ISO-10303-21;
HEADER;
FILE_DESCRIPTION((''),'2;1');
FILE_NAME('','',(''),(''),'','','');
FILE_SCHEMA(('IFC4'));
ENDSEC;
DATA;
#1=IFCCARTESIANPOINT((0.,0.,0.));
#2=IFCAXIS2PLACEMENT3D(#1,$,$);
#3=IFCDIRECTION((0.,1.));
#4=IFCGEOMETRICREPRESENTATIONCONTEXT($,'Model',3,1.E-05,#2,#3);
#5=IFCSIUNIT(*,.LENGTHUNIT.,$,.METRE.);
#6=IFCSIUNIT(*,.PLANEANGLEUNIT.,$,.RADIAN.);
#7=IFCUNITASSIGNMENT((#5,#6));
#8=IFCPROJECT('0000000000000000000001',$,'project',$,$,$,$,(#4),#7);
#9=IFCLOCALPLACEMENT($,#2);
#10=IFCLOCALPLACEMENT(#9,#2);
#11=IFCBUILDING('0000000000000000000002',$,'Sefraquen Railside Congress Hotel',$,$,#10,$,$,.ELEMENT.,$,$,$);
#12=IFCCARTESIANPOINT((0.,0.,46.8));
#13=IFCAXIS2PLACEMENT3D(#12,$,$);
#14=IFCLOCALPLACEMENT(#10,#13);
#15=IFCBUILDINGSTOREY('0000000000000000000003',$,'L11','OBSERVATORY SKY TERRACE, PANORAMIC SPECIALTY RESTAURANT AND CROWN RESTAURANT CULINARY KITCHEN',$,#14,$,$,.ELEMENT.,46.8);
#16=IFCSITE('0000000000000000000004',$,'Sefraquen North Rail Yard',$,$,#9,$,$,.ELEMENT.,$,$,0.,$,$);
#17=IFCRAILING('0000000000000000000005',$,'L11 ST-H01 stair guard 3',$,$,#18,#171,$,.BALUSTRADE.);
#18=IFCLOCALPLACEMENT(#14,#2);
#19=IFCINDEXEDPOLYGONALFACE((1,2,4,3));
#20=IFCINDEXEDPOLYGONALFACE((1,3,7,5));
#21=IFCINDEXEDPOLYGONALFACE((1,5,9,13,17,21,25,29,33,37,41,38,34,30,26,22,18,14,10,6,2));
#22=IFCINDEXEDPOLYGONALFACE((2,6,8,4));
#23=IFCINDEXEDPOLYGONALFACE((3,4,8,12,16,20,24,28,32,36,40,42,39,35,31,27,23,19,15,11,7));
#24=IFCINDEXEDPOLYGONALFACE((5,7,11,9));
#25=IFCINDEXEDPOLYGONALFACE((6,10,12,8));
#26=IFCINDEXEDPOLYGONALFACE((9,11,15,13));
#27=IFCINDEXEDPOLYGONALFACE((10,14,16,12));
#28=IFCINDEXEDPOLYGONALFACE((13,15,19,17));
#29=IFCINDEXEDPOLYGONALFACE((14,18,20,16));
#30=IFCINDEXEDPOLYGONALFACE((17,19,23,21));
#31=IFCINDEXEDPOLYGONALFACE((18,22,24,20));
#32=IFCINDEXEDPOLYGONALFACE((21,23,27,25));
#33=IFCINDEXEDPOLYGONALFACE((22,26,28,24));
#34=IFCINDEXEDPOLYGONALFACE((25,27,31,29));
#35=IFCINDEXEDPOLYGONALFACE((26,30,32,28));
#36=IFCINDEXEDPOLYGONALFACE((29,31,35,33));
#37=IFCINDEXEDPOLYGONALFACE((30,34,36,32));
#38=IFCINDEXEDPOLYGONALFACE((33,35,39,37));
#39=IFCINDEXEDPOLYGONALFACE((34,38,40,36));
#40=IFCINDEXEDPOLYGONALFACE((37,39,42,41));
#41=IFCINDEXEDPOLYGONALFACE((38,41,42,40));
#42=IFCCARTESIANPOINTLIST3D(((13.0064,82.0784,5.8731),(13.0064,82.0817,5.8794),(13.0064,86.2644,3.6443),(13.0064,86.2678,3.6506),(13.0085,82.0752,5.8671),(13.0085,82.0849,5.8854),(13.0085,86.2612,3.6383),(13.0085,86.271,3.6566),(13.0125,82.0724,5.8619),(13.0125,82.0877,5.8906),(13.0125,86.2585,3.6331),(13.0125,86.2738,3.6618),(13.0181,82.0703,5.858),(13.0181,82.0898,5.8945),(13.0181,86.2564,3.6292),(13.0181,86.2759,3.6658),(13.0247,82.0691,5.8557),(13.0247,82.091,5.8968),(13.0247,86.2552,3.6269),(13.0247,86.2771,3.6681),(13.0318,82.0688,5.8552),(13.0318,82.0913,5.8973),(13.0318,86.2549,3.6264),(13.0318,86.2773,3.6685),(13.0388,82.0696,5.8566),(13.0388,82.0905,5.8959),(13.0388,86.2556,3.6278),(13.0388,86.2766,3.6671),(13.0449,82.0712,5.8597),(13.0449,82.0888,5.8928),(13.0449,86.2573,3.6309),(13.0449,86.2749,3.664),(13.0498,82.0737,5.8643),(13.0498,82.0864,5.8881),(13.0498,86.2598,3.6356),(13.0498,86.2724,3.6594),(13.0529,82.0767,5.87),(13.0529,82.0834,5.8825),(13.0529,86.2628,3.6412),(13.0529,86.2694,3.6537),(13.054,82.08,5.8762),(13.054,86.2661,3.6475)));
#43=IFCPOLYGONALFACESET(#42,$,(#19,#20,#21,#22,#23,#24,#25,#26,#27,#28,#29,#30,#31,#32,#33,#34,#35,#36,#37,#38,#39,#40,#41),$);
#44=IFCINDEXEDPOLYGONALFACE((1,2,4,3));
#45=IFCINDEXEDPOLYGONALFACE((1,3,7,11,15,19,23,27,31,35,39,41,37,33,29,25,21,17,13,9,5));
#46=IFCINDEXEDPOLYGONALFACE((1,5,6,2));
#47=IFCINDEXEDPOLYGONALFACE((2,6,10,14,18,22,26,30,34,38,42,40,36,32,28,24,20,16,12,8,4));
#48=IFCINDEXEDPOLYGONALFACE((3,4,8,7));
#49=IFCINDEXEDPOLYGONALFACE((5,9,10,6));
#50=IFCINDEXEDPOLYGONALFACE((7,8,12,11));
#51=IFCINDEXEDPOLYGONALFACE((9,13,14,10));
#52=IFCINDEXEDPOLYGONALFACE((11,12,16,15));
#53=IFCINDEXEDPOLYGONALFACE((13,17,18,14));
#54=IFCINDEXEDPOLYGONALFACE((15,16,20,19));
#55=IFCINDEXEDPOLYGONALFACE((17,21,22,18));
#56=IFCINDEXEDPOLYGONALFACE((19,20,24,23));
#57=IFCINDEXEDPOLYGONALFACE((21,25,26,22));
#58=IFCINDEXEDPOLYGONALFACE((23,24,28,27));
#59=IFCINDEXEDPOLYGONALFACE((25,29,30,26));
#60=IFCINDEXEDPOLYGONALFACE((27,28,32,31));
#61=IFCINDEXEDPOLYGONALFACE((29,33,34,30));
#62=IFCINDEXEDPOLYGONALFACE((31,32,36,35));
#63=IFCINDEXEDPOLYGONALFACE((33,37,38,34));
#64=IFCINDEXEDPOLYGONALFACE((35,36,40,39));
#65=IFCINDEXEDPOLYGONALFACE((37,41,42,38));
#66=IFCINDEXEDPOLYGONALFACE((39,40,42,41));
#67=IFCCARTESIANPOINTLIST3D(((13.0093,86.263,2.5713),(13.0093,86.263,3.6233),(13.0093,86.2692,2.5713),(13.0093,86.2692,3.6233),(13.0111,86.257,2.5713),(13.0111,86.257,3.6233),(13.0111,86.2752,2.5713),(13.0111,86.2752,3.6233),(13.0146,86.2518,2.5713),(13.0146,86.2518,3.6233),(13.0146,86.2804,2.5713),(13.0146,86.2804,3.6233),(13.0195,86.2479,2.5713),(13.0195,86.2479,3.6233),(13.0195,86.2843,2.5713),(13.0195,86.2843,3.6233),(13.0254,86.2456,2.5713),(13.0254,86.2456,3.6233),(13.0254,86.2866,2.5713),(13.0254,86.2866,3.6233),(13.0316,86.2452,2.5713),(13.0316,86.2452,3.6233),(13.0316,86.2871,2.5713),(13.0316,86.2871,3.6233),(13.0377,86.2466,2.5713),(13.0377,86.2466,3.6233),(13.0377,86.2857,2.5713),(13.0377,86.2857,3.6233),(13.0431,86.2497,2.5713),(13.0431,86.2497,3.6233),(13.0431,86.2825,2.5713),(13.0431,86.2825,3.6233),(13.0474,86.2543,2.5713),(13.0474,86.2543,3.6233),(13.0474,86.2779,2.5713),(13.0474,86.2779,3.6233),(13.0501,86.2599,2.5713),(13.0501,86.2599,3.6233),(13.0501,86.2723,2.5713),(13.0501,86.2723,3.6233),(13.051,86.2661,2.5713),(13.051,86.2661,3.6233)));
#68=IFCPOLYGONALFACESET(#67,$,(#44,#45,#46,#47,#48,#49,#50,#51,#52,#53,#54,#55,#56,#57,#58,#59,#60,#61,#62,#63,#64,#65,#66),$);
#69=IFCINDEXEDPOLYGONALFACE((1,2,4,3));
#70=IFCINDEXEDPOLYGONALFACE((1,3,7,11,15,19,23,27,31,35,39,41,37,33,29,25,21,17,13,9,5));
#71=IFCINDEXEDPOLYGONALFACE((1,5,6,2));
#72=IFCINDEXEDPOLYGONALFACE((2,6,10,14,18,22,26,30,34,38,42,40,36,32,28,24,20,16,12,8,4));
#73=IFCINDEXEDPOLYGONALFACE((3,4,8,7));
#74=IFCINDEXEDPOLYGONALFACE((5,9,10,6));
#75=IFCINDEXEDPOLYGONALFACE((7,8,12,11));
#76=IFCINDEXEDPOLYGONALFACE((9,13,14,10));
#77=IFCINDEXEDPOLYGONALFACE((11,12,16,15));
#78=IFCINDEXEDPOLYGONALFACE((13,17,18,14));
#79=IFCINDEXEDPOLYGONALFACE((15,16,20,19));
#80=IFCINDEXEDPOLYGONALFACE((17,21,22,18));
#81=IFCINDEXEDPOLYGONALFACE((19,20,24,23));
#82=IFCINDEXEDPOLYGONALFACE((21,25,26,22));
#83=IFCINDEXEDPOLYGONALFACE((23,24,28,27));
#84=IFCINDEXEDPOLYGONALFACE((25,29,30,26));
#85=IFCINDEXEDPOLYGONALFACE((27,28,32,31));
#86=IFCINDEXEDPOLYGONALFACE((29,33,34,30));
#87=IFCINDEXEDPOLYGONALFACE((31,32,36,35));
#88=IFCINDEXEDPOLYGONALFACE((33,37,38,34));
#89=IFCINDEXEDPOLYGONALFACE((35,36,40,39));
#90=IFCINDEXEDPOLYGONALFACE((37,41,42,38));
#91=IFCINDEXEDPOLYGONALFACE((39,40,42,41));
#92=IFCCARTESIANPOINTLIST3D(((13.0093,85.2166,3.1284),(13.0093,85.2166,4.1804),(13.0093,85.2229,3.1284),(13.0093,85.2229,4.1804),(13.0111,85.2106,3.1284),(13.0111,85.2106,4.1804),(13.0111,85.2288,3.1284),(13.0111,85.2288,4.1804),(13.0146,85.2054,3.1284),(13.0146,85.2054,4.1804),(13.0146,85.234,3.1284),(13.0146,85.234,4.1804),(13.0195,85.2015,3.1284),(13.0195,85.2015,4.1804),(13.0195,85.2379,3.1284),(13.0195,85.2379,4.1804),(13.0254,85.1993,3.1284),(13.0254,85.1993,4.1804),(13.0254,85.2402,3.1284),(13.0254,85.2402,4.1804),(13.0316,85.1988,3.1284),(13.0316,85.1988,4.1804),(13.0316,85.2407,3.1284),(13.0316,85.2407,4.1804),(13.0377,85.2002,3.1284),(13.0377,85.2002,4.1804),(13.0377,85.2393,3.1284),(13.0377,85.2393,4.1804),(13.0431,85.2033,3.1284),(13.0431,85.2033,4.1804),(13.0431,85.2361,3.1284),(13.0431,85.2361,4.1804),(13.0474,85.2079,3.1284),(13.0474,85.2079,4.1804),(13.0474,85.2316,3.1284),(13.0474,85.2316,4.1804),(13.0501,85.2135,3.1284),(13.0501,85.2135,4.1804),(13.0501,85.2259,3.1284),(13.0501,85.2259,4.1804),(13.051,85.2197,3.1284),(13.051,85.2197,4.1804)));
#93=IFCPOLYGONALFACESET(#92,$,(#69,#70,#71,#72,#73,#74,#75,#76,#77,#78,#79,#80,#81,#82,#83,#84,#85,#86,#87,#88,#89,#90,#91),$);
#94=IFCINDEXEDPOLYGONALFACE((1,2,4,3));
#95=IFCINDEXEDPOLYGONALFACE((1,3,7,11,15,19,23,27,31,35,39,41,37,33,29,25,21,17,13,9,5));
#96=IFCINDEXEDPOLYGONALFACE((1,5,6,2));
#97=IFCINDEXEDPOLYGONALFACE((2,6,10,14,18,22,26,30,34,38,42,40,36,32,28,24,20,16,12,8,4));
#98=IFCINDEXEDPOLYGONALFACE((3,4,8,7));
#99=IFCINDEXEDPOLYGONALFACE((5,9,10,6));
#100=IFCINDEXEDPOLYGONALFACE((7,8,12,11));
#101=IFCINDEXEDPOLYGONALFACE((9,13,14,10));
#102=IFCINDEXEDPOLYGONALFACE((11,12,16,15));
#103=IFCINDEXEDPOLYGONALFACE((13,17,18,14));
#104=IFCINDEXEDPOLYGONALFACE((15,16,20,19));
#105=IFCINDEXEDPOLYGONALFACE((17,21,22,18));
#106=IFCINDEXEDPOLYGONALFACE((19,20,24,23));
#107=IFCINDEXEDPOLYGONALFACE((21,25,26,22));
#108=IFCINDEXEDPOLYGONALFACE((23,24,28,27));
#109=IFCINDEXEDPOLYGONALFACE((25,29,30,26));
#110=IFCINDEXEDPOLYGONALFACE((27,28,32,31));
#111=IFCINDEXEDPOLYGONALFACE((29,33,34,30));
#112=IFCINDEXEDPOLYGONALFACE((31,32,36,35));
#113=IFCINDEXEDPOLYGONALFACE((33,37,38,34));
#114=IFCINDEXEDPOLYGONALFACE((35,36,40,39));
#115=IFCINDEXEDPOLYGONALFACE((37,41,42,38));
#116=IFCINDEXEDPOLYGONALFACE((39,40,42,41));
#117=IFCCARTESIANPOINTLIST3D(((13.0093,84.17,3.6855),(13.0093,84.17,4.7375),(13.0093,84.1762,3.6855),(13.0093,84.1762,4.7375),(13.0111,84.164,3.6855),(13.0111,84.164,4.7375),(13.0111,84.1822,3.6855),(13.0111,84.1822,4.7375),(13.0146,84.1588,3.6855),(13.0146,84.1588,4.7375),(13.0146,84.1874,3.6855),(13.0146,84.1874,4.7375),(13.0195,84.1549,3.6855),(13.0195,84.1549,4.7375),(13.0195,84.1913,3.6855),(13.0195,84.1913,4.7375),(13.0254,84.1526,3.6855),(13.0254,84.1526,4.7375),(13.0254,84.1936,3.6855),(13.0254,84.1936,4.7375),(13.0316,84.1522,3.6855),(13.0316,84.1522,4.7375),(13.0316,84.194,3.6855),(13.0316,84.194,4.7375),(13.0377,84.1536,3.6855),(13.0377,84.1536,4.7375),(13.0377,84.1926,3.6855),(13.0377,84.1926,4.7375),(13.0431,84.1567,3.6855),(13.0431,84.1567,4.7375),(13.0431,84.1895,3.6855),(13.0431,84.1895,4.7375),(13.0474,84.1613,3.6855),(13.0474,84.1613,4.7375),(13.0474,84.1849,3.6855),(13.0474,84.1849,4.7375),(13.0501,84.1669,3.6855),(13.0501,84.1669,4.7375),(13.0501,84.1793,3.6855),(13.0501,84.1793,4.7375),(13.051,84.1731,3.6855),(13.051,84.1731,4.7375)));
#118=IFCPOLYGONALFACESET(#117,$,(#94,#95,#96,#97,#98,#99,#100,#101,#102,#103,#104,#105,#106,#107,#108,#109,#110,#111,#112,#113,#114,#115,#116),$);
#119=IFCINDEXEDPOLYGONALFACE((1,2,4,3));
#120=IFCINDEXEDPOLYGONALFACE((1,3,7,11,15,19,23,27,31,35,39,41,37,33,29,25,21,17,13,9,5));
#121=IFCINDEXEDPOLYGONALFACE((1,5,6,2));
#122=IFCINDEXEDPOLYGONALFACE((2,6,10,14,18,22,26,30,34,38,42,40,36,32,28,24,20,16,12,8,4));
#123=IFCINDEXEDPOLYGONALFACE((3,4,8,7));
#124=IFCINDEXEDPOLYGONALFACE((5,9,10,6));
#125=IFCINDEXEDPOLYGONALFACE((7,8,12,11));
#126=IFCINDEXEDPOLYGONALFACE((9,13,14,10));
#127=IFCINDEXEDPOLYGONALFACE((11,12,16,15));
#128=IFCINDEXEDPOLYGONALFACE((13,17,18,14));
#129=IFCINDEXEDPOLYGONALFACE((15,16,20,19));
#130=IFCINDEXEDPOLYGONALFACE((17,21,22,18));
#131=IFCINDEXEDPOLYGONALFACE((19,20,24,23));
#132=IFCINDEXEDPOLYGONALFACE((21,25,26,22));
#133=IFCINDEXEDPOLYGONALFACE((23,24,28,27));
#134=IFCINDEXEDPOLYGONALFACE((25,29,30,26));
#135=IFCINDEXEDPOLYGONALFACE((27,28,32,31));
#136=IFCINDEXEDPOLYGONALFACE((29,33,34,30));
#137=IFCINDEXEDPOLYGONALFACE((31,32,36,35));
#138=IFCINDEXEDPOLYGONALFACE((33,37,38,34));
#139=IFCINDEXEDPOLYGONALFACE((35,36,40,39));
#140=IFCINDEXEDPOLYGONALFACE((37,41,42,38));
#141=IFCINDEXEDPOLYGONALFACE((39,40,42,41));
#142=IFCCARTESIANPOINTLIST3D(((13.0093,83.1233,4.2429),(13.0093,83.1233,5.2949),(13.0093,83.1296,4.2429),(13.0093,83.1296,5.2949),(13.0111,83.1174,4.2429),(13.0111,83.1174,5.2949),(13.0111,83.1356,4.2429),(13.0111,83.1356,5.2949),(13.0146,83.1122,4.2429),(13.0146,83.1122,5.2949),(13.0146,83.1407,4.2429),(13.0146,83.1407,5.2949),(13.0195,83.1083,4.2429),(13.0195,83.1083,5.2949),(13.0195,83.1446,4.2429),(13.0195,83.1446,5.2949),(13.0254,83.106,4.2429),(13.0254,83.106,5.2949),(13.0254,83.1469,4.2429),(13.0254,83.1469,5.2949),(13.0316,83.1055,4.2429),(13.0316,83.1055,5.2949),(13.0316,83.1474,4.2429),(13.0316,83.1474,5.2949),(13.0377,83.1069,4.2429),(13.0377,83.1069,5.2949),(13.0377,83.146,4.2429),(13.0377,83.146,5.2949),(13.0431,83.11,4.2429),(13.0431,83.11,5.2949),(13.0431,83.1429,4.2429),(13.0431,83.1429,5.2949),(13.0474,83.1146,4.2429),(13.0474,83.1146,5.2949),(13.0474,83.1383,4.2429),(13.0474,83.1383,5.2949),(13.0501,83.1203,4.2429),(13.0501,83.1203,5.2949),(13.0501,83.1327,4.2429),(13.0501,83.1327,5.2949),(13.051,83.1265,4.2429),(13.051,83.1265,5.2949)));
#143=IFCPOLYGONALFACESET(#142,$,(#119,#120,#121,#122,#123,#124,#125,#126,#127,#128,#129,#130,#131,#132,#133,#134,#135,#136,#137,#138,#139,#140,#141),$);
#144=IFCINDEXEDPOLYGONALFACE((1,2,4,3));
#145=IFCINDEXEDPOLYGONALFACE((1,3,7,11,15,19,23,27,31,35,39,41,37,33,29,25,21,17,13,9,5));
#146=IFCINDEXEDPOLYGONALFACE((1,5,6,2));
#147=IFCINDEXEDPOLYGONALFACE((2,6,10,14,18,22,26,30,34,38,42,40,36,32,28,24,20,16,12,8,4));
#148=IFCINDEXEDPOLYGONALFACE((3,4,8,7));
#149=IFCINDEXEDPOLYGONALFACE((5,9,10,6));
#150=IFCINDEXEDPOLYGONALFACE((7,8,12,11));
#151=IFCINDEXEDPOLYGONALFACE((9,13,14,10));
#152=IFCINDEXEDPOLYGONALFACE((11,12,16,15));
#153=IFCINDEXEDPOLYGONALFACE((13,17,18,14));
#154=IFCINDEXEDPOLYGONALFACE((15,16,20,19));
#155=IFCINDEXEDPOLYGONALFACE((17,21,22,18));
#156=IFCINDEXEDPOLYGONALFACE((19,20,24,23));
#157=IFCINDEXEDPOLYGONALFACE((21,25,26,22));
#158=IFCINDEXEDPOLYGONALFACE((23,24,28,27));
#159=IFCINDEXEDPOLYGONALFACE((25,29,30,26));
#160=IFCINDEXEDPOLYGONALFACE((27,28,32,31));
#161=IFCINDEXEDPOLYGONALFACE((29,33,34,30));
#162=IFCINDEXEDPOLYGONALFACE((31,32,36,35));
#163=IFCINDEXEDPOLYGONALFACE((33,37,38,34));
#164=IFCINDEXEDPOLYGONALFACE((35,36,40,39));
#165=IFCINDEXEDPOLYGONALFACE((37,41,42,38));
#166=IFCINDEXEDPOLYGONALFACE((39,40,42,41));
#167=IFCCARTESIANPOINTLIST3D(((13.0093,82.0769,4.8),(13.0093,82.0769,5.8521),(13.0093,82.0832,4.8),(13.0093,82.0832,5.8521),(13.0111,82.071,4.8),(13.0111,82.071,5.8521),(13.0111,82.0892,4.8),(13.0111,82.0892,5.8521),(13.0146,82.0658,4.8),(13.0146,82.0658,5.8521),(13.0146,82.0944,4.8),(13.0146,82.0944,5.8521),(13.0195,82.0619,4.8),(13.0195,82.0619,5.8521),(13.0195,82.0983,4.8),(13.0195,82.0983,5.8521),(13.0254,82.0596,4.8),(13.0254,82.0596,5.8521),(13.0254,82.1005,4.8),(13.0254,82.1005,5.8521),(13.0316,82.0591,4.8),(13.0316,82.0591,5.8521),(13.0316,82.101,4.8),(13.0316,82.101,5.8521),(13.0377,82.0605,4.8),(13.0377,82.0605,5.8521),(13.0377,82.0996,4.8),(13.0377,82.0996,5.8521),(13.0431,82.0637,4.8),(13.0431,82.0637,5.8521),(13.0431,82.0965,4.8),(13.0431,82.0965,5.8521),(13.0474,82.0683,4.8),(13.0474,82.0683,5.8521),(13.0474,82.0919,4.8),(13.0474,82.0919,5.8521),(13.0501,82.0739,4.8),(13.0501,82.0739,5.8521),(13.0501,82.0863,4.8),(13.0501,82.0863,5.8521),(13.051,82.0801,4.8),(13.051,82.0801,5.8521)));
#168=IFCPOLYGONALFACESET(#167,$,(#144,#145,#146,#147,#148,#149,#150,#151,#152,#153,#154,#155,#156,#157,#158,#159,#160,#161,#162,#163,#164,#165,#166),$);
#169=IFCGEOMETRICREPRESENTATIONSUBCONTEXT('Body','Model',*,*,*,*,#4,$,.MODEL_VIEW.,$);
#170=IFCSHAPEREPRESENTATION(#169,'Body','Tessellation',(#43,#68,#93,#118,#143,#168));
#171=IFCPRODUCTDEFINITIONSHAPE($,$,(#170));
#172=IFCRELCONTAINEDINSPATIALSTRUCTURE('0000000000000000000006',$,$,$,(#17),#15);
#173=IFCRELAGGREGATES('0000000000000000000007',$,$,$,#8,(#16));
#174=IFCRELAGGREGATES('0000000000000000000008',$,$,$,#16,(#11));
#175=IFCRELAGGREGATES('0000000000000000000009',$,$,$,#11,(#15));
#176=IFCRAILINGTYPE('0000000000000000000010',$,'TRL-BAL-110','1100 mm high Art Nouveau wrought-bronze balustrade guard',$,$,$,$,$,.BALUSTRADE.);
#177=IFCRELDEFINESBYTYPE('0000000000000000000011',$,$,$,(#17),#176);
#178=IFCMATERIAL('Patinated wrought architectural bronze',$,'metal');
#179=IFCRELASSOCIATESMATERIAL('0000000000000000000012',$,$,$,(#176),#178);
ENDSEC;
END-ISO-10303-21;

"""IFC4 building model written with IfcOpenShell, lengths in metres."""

from ifc_helpers import new_model, si_unit, direction, frame, origin, origin_2d, place, context, subcontext, project, spatial, circle, extrude, material, type_object, element, save


model = new_model("IFC4")

# Units and contexts
model_context = context("Model", 3, precision=1e-05, world=origin(), true_north=direction((0.0, 1.0)))
body_context = subcontext(model_context, "Body", "Model", "MODEL_VIEW")
ifc_project = project(units=[si_unit("LENGTHUNIT", "METRE"), si_unit("PLANEANGLEUNIT", "RADIAN")], contexts=[model_context])

# Site, building, storey
site_placement = place(None, origin())
site = spatial("IfcSite", under=ifc_project, at=site_placement, Name="Sefraquen North Rail Yard", CompositionType="ELEMENT", RefElevation=0.0)
building_placement = place(site_placement, origin())
building = spatial("IfcBuilding", under=site, at=building_placement, Name="Sefraquen Railside Congress Hotel", CompositionType="ELEMENT")
storey_placement = place(building_placement, frame((0.0, 0.0, 46.8)))
storey = spatial("IfcBuildingStorey", under=building, at=storey_placement, Name="L11", Description="OBSERVATORY SKY TERRACE, PANORAMIC SPECIALTY RESTAURANT AND CROWN RESTAURANT CULINARY KITCHEN", CompositionType="ELEMENT", Elevation=46.8)

# Railing
ifc_material_1 = material(Name="Patinated wrought architectural bronze", Category="metal")
railing_type_1 = type_object("IfcRailingType", Name="TRL-BAL-110", Description="1100 mm high Art Nouveau wrought-bronze balustrade guard", PredefinedType="BALUSTRADE", material=ifc_material_1)
railing_1_placement = place(storey_placement, frame((13.03, 86.2661, 2.5713)))
element("IfcRailing", 1, at=railing_1_placement, inside=storey, type_object=railing_type_1, Name="L11 ST-H01 stair guard 3", PredefinedType="BALUSTRADE", context=body_context, shape_type="SweptSolid", body=[
    extrude(circle(Radius=0.0239, at=origin_2d()), frame((0.0, 0.0, 1.0762), z_axis=(0.0, -0.882685, 0.469966), x_axis=(1.0, 0.0, 0.0)), (0.0, 0.0, 1.0), 4.7424),
    extrude(circle(Radius=0.021, at=origin_2d()), origin(), (0.0, 0.0, 1.0), 1.052),
    extrude(circle(Radius=0.021, at=origin_2d()), frame((0.0, -1.0464, 0.5571)), (0.0, 0.0, 1.0), 1.052),
    extrude(circle(Radius=0.021, at=origin_2d()), frame((0.0, -2.093, 1.1143)), (0.0, 0.0, 1.0), 1.052),
    extrude(circle(Radius=0.021, at=origin_2d()), frame((0.0, -3.1396, 1.6716)), (0.0, 0.0, 1.0), 1.052),
    extrude(circle(Radius=0.021, at=origin_2d()), frame((0.0, -4.186, 2.2288)), (0.0, 0.0, 1.0), 1.052),
])

save(model, "model.ifc")
